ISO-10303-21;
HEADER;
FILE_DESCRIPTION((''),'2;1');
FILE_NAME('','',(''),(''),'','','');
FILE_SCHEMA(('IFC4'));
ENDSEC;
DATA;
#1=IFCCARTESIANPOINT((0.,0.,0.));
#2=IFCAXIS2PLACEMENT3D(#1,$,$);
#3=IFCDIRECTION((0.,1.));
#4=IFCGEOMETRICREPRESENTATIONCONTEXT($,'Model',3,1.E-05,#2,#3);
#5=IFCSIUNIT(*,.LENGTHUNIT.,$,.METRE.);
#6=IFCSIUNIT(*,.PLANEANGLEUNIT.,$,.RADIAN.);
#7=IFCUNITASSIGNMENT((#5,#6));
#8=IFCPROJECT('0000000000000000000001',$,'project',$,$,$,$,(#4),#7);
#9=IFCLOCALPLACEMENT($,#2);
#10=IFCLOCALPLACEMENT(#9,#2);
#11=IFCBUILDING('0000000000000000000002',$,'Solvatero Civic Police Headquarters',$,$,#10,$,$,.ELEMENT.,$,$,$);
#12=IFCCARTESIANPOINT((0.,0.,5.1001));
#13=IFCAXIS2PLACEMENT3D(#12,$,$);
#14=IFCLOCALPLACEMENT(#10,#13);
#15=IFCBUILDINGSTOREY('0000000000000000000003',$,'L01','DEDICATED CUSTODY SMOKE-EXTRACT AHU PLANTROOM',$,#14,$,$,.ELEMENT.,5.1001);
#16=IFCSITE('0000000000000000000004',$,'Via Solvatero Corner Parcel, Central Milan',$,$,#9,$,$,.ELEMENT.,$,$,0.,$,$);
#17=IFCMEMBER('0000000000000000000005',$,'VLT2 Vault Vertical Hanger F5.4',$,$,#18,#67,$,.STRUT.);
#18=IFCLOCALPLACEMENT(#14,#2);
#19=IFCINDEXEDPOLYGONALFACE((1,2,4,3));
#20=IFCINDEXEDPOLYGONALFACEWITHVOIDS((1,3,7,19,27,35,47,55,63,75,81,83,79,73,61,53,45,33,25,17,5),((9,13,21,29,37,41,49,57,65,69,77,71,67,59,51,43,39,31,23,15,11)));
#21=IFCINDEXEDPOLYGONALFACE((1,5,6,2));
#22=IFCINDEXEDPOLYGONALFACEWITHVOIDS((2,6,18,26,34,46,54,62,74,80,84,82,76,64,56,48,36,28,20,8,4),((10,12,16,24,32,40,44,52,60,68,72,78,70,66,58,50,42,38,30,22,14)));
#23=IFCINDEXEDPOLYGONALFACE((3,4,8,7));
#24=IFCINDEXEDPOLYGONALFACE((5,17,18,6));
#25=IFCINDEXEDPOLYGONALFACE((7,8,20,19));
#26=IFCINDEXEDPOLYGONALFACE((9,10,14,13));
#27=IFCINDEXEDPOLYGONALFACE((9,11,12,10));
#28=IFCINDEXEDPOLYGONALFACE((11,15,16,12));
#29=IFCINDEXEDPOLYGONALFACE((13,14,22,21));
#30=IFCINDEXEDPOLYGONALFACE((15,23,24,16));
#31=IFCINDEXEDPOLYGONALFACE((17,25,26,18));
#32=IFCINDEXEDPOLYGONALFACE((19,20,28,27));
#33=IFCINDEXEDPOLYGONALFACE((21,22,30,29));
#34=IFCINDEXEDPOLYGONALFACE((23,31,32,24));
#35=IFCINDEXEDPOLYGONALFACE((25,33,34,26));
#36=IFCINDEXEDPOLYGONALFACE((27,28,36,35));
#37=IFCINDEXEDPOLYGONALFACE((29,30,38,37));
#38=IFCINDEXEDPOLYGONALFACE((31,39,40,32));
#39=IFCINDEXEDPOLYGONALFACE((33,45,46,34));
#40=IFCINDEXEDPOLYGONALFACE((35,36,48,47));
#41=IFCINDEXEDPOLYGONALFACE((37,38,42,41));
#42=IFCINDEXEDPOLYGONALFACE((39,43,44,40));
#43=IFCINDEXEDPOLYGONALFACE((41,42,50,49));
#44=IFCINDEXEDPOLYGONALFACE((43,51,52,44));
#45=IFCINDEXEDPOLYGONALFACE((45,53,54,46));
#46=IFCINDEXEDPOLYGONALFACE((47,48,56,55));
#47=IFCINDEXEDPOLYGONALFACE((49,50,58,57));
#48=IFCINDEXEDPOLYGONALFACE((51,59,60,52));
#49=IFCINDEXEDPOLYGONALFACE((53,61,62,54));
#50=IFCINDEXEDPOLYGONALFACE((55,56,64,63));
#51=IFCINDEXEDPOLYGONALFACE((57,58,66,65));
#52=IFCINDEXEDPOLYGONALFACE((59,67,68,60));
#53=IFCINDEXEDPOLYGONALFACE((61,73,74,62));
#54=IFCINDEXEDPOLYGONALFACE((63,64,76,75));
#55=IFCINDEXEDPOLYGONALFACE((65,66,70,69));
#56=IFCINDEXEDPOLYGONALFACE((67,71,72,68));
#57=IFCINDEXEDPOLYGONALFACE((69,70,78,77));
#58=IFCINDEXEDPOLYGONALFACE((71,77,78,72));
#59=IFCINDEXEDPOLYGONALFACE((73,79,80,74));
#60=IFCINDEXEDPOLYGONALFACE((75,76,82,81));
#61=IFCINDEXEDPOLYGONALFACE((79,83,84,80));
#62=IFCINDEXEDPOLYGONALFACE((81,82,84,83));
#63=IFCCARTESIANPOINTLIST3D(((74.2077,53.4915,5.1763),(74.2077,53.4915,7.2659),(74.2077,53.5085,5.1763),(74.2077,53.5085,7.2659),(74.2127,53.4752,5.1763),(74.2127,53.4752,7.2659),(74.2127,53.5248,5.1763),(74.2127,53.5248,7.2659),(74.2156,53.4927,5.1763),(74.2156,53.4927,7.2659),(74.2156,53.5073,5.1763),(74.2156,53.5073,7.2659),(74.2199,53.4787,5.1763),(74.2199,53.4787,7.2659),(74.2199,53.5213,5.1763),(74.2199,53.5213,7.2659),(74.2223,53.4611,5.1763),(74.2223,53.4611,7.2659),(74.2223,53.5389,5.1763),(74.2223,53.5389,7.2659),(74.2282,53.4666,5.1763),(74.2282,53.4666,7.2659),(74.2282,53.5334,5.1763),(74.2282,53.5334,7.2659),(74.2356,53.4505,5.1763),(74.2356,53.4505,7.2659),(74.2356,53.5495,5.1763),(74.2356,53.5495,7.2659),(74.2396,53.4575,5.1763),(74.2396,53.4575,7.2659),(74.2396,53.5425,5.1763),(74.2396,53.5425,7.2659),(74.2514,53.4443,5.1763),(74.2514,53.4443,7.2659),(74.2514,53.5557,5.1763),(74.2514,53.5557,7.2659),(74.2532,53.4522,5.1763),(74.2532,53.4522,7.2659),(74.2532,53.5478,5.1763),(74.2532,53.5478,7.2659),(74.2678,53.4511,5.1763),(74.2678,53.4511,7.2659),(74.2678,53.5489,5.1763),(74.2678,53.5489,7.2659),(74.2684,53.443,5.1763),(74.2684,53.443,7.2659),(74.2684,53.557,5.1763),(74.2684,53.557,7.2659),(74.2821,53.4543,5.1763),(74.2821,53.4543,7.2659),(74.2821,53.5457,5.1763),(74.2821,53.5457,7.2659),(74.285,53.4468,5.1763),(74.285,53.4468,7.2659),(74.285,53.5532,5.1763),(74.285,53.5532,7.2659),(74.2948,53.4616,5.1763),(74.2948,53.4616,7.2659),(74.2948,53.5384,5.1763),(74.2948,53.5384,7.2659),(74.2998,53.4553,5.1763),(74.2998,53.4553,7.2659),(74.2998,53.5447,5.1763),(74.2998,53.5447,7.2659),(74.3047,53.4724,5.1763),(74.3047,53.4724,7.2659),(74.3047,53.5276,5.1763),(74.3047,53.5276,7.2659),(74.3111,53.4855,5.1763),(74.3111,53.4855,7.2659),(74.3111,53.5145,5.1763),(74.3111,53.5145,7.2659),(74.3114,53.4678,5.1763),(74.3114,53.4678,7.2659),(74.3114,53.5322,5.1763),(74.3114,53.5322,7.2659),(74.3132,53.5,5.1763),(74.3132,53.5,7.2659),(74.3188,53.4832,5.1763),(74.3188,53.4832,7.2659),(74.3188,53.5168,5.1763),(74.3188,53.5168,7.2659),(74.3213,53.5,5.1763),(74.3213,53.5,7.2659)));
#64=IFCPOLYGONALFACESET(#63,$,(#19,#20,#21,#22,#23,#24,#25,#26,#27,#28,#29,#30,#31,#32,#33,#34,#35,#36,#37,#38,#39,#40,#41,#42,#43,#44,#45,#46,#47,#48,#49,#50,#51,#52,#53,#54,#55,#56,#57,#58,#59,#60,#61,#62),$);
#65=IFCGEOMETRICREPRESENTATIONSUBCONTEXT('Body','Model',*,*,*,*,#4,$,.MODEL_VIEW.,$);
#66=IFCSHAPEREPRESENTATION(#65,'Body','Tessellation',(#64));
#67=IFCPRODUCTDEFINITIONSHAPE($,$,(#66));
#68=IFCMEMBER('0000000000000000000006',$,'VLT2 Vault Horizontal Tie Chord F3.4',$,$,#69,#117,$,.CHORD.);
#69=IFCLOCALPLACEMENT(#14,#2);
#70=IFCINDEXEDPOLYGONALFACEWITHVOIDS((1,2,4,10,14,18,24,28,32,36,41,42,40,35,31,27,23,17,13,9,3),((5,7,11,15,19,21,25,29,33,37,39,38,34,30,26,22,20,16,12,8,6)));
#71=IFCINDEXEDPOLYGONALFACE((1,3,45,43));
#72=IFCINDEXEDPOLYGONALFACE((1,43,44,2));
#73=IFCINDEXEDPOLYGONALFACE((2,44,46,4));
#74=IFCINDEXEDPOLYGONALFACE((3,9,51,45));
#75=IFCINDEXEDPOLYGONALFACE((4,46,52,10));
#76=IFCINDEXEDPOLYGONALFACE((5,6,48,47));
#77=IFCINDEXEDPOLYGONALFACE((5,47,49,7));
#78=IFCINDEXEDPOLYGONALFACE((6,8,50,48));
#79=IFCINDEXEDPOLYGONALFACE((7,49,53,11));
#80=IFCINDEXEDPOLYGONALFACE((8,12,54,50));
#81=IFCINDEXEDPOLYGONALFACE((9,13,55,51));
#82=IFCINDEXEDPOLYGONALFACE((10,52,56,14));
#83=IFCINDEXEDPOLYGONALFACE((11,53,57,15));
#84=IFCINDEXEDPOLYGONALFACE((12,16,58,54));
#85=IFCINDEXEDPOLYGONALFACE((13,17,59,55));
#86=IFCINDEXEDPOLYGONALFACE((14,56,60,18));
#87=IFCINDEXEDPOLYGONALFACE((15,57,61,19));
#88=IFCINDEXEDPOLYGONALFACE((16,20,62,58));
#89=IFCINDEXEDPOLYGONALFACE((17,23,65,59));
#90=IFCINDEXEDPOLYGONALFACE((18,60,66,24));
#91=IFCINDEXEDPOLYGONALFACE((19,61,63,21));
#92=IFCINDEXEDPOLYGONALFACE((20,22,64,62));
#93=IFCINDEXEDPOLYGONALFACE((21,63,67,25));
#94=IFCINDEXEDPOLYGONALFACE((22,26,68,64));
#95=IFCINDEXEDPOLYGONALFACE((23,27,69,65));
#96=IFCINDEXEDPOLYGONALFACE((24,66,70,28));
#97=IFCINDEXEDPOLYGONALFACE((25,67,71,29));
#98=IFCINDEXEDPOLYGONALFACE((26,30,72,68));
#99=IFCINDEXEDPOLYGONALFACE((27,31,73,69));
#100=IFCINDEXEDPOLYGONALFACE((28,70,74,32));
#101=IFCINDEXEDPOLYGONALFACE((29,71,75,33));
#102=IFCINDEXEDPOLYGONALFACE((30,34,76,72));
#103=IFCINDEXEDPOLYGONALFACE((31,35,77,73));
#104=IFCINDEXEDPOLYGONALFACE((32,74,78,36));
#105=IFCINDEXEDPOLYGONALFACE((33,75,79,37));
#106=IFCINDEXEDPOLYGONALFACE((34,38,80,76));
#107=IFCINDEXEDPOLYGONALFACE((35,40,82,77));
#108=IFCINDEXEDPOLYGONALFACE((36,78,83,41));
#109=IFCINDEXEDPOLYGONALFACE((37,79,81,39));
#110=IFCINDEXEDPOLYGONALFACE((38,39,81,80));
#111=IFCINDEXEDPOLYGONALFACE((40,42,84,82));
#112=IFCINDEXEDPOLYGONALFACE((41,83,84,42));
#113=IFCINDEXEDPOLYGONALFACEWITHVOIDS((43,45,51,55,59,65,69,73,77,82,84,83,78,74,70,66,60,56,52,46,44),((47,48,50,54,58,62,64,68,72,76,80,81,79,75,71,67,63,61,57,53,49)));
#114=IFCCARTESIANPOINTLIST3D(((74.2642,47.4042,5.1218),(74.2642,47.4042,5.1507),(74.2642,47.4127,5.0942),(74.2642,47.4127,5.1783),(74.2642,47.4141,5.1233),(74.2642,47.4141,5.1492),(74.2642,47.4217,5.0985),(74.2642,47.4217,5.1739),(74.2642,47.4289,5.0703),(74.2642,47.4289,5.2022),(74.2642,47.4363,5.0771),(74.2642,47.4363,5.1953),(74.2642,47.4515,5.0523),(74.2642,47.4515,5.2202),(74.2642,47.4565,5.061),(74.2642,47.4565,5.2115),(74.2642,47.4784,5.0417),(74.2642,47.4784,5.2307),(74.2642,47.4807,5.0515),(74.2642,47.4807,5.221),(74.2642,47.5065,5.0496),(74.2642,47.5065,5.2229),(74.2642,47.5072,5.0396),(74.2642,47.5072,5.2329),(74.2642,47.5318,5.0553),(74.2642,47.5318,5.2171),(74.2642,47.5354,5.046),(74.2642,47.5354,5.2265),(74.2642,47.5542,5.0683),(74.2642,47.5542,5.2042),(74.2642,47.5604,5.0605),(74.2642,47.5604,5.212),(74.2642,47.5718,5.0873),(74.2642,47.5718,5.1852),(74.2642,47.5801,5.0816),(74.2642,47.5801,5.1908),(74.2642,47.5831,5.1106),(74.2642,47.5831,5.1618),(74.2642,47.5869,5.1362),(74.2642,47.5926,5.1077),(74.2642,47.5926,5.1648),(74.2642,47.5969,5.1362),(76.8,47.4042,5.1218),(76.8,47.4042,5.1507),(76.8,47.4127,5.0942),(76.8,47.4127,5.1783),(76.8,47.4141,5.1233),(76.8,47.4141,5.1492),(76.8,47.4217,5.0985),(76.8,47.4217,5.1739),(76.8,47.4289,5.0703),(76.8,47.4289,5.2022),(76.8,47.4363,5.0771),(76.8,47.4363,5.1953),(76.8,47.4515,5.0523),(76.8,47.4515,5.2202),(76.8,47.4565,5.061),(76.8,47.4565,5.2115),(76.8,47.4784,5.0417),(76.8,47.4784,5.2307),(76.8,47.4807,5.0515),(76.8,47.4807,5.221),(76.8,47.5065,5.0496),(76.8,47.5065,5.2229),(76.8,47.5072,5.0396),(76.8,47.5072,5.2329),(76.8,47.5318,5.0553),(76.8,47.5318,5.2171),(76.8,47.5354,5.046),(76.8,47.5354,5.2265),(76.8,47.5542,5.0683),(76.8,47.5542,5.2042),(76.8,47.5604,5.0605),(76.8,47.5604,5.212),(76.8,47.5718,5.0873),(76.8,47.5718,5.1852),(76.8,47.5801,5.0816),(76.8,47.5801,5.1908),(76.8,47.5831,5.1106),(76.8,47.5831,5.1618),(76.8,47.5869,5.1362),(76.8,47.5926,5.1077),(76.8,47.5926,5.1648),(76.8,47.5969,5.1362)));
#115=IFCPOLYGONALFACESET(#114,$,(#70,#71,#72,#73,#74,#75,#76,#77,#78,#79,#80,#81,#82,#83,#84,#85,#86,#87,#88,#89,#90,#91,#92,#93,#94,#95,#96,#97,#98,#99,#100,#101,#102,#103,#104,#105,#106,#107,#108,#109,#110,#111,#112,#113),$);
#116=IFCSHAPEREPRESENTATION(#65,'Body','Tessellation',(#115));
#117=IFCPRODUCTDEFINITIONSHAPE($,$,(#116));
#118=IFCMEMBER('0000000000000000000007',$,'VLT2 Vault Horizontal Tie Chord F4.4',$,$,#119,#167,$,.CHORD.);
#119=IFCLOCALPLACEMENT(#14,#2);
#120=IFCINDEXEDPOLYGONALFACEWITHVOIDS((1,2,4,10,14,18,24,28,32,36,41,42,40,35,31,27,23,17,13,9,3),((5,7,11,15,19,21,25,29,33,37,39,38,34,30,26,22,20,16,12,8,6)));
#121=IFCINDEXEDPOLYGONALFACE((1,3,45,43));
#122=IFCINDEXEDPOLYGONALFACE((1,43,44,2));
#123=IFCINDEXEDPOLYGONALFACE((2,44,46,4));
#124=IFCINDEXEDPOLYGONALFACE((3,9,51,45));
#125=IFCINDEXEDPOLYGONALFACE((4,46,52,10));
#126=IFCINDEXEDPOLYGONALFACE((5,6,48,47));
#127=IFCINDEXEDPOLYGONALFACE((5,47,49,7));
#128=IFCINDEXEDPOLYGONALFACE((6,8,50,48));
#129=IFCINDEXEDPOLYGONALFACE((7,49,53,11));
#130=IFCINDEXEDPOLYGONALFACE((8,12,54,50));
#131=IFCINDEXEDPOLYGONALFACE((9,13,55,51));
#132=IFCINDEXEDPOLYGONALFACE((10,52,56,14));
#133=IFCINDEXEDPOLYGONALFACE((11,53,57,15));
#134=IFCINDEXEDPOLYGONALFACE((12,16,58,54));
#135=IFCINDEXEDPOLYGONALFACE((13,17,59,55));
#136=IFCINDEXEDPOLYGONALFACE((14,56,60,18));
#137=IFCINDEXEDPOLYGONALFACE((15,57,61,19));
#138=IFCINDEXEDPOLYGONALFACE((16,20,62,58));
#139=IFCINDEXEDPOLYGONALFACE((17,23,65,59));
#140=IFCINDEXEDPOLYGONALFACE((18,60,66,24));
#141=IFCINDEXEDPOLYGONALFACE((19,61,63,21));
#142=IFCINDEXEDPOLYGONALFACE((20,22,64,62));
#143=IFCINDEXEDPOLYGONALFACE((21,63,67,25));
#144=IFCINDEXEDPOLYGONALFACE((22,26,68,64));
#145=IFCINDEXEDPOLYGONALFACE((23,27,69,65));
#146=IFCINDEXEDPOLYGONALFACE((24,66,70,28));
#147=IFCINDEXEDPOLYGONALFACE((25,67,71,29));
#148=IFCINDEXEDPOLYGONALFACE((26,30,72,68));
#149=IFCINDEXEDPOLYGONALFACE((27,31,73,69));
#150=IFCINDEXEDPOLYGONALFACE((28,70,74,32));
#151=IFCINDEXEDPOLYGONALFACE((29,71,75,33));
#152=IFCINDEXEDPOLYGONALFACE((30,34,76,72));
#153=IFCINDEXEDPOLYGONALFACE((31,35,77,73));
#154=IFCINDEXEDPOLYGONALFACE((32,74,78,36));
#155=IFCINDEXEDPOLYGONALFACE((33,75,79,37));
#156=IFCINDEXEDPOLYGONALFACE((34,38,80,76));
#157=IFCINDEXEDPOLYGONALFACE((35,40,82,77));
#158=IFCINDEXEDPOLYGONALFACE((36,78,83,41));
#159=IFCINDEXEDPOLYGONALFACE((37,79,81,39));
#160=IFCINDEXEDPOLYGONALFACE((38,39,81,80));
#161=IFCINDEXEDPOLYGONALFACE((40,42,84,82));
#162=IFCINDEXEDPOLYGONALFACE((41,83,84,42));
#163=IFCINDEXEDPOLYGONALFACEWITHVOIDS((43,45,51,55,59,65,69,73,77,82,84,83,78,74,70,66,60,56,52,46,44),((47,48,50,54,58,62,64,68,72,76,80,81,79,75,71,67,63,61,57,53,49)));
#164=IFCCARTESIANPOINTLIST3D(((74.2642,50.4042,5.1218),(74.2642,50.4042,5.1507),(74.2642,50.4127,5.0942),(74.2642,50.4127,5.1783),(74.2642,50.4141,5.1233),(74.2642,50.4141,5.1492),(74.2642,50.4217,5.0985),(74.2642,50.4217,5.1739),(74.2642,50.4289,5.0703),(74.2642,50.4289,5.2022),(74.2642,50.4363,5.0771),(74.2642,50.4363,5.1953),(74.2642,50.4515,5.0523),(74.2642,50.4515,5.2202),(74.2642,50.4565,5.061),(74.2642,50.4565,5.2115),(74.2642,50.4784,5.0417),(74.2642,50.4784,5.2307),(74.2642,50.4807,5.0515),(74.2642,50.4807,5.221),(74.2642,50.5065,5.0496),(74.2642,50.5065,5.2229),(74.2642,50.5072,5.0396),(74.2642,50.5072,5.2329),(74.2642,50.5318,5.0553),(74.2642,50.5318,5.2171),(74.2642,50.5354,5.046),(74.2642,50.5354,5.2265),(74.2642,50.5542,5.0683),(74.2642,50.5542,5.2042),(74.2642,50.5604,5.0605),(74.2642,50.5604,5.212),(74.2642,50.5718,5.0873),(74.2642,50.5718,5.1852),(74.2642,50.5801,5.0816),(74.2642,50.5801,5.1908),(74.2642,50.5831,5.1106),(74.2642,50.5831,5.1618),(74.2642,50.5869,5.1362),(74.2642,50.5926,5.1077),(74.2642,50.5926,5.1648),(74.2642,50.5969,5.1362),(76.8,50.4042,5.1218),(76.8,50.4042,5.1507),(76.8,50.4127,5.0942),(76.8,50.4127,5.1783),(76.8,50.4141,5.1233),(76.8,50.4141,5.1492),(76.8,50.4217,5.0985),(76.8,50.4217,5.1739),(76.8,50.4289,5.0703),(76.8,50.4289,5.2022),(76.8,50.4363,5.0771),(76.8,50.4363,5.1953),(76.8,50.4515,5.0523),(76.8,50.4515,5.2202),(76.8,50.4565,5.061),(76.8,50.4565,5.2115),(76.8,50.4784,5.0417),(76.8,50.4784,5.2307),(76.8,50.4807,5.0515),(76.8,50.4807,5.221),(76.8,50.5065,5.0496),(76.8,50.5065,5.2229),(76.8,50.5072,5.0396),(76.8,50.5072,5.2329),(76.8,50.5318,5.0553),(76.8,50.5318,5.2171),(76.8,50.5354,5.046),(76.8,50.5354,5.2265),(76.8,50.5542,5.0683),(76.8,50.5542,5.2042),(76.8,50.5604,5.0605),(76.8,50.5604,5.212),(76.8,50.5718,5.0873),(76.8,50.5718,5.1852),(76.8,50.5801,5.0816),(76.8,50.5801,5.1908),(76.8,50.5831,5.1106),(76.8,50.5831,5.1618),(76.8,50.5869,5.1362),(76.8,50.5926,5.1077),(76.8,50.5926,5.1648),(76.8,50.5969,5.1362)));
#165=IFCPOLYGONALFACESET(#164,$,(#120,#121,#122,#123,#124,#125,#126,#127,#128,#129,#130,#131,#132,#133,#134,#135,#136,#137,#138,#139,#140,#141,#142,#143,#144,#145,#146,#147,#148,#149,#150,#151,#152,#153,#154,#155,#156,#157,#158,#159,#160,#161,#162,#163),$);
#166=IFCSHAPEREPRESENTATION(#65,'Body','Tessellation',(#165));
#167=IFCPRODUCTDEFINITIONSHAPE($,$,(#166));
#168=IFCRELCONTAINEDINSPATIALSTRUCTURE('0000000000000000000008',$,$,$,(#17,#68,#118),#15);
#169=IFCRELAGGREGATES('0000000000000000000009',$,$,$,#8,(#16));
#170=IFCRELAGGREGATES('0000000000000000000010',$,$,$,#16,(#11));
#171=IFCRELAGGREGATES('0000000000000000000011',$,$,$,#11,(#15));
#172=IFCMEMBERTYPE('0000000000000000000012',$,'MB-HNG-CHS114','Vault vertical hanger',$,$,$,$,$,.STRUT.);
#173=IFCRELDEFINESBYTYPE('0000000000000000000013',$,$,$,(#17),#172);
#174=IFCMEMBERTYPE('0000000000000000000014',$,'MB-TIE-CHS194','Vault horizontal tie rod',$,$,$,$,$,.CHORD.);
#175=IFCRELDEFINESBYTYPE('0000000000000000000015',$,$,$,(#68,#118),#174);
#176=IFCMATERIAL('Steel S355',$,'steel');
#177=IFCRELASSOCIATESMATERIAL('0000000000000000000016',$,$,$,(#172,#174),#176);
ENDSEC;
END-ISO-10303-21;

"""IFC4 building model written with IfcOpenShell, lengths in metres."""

from ifc_helpers import new_model, si_unit, direction, frame, origin, origin_2d, place, context, subcontext, project, spatial, hollow_circle, extrude, material, material_profile, profile_set, type_object, element, save


model = new_model("IFC4")

# Units and contexts
model_context = context("Model", 3, precision=1e-05, world=origin(), true_north=direction((0.0, 1.0)))
body_context = subcontext(model_context, "Body", "Model", "MODEL_VIEW")
ifc_project = project(units=[si_unit("LENGTHUNIT", "METRE"), si_unit("PLANEANGLEUNIT", "RADIAN")], contexts=[model_context])

# Site, building, storey
site_placement = place(None, origin())
site = spatial("IfcSite", under=ifc_project, at=site_placement, Name="Via Solvatero Corner Parcel, Central Milan", CompositionType="ELEMENT", RefElevation=0.0)
building_placement = place(site_placement, origin())
building = spatial("IfcBuilding", under=site, at=building_placement, Name="Solvatero Civic Police Headquarters", CompositionType="ELEMENT")
storey_placement = place(building_placement, frame((0.0, 0.0, 5.1001)))
storey = spatial("IfcBuildingStorey", under=building, at=storey_placement, Name="L01", Description="DEDICATED CUSTODY SMOKE-EXTRACT AHU PLANTROOM", CompositionType="ELEMENT", Elevation=5.1001)

# Shared definitions
ifc_material = material(Name="Steel S355", Category="steel")

# Members
ifc_material_profile_1 = material_profile(ifc_material, hollow_circle(Radius=0.0571, WallThickness=0.0081, at=origin_2d()), Name="CHS 114.3x8.0")
ifc_profile_set_1 = profile_set([ifc_material_profile_1], Name="Steel S355")
member_type_1 = type_object("IfcMemberType", Name="MB-HNG-CHS114", Description="Vault vertical hanger", PredefinedType="STRUT", material=ifc_profile_set_1)
member_1_placement = place(storey_placement, frame((74.2642, 53.5, 5.1763), z_axis=(0.0, 0.0, 1.0), x_axis=(1.0, 0.0, 0.0)))
element("IfcMember", 1, at=member_1_placement, inside=storey, type_object=member_type_1, Name="VLT2 Vault Vertical Hanger F5.4", PredefinedType="STRUT", context=body_context, shape_type="SweptSolid", body=[
    extrude(hollow_circle(Radius=0.0571, WallThickness=0.0081, at=origin_2d()), origin(), (0.0, 0.0, 1.0), 2.0896),
])
ifc_material_profile_2 = material_profile(ifc_material, hollow_circle(Radius=0.0969, WallThickness=0.01, at=origin_2d()), Name="CHS 193.7x10.0")
ifc_profile_set_2 = profile_set([ifc_material_profile_2], Name="Steel S355")
member_type_2 = type_object("IfcMemberType", Name="MB-TIE-CHS194", Description="Vault horizontal tie rod", PredefinedType="CHORD", material=ifc_profile_set_2)
for number, where, z_axis, x_axis, name in (
    (2, (74.2642, 47.5, 5.1362), (1.0, 0.0, 0.0), (0.0, 1.0, 0.0), "VLT2 Vault Horizontal Tie Chord F3.4"),
    (3, (74.2642, 50.5, 5.1362), (1.0, 0.0, 0.0), (0.0, 1.0, 0.0), "VLT2 Vault Horizontal Tie Chord F4.4"),
):
    element("IfcMember", number, at=place(storey_placement, frame(where, z_axis=z_axis, x_axis=x_axis)), inside=storey, type_object=member_type_2, Name=name, PredefinedType="CHORD", context=body_context, shape_type="SweptSolid", body=[
        extrude(hollow_circle(Radius=0.0969, WallThickness=0.01, at=origin_2d()), origin(), (0.0, 0.0, 1.0), 2.5359),
    ])

save(model, "model.ifc")
